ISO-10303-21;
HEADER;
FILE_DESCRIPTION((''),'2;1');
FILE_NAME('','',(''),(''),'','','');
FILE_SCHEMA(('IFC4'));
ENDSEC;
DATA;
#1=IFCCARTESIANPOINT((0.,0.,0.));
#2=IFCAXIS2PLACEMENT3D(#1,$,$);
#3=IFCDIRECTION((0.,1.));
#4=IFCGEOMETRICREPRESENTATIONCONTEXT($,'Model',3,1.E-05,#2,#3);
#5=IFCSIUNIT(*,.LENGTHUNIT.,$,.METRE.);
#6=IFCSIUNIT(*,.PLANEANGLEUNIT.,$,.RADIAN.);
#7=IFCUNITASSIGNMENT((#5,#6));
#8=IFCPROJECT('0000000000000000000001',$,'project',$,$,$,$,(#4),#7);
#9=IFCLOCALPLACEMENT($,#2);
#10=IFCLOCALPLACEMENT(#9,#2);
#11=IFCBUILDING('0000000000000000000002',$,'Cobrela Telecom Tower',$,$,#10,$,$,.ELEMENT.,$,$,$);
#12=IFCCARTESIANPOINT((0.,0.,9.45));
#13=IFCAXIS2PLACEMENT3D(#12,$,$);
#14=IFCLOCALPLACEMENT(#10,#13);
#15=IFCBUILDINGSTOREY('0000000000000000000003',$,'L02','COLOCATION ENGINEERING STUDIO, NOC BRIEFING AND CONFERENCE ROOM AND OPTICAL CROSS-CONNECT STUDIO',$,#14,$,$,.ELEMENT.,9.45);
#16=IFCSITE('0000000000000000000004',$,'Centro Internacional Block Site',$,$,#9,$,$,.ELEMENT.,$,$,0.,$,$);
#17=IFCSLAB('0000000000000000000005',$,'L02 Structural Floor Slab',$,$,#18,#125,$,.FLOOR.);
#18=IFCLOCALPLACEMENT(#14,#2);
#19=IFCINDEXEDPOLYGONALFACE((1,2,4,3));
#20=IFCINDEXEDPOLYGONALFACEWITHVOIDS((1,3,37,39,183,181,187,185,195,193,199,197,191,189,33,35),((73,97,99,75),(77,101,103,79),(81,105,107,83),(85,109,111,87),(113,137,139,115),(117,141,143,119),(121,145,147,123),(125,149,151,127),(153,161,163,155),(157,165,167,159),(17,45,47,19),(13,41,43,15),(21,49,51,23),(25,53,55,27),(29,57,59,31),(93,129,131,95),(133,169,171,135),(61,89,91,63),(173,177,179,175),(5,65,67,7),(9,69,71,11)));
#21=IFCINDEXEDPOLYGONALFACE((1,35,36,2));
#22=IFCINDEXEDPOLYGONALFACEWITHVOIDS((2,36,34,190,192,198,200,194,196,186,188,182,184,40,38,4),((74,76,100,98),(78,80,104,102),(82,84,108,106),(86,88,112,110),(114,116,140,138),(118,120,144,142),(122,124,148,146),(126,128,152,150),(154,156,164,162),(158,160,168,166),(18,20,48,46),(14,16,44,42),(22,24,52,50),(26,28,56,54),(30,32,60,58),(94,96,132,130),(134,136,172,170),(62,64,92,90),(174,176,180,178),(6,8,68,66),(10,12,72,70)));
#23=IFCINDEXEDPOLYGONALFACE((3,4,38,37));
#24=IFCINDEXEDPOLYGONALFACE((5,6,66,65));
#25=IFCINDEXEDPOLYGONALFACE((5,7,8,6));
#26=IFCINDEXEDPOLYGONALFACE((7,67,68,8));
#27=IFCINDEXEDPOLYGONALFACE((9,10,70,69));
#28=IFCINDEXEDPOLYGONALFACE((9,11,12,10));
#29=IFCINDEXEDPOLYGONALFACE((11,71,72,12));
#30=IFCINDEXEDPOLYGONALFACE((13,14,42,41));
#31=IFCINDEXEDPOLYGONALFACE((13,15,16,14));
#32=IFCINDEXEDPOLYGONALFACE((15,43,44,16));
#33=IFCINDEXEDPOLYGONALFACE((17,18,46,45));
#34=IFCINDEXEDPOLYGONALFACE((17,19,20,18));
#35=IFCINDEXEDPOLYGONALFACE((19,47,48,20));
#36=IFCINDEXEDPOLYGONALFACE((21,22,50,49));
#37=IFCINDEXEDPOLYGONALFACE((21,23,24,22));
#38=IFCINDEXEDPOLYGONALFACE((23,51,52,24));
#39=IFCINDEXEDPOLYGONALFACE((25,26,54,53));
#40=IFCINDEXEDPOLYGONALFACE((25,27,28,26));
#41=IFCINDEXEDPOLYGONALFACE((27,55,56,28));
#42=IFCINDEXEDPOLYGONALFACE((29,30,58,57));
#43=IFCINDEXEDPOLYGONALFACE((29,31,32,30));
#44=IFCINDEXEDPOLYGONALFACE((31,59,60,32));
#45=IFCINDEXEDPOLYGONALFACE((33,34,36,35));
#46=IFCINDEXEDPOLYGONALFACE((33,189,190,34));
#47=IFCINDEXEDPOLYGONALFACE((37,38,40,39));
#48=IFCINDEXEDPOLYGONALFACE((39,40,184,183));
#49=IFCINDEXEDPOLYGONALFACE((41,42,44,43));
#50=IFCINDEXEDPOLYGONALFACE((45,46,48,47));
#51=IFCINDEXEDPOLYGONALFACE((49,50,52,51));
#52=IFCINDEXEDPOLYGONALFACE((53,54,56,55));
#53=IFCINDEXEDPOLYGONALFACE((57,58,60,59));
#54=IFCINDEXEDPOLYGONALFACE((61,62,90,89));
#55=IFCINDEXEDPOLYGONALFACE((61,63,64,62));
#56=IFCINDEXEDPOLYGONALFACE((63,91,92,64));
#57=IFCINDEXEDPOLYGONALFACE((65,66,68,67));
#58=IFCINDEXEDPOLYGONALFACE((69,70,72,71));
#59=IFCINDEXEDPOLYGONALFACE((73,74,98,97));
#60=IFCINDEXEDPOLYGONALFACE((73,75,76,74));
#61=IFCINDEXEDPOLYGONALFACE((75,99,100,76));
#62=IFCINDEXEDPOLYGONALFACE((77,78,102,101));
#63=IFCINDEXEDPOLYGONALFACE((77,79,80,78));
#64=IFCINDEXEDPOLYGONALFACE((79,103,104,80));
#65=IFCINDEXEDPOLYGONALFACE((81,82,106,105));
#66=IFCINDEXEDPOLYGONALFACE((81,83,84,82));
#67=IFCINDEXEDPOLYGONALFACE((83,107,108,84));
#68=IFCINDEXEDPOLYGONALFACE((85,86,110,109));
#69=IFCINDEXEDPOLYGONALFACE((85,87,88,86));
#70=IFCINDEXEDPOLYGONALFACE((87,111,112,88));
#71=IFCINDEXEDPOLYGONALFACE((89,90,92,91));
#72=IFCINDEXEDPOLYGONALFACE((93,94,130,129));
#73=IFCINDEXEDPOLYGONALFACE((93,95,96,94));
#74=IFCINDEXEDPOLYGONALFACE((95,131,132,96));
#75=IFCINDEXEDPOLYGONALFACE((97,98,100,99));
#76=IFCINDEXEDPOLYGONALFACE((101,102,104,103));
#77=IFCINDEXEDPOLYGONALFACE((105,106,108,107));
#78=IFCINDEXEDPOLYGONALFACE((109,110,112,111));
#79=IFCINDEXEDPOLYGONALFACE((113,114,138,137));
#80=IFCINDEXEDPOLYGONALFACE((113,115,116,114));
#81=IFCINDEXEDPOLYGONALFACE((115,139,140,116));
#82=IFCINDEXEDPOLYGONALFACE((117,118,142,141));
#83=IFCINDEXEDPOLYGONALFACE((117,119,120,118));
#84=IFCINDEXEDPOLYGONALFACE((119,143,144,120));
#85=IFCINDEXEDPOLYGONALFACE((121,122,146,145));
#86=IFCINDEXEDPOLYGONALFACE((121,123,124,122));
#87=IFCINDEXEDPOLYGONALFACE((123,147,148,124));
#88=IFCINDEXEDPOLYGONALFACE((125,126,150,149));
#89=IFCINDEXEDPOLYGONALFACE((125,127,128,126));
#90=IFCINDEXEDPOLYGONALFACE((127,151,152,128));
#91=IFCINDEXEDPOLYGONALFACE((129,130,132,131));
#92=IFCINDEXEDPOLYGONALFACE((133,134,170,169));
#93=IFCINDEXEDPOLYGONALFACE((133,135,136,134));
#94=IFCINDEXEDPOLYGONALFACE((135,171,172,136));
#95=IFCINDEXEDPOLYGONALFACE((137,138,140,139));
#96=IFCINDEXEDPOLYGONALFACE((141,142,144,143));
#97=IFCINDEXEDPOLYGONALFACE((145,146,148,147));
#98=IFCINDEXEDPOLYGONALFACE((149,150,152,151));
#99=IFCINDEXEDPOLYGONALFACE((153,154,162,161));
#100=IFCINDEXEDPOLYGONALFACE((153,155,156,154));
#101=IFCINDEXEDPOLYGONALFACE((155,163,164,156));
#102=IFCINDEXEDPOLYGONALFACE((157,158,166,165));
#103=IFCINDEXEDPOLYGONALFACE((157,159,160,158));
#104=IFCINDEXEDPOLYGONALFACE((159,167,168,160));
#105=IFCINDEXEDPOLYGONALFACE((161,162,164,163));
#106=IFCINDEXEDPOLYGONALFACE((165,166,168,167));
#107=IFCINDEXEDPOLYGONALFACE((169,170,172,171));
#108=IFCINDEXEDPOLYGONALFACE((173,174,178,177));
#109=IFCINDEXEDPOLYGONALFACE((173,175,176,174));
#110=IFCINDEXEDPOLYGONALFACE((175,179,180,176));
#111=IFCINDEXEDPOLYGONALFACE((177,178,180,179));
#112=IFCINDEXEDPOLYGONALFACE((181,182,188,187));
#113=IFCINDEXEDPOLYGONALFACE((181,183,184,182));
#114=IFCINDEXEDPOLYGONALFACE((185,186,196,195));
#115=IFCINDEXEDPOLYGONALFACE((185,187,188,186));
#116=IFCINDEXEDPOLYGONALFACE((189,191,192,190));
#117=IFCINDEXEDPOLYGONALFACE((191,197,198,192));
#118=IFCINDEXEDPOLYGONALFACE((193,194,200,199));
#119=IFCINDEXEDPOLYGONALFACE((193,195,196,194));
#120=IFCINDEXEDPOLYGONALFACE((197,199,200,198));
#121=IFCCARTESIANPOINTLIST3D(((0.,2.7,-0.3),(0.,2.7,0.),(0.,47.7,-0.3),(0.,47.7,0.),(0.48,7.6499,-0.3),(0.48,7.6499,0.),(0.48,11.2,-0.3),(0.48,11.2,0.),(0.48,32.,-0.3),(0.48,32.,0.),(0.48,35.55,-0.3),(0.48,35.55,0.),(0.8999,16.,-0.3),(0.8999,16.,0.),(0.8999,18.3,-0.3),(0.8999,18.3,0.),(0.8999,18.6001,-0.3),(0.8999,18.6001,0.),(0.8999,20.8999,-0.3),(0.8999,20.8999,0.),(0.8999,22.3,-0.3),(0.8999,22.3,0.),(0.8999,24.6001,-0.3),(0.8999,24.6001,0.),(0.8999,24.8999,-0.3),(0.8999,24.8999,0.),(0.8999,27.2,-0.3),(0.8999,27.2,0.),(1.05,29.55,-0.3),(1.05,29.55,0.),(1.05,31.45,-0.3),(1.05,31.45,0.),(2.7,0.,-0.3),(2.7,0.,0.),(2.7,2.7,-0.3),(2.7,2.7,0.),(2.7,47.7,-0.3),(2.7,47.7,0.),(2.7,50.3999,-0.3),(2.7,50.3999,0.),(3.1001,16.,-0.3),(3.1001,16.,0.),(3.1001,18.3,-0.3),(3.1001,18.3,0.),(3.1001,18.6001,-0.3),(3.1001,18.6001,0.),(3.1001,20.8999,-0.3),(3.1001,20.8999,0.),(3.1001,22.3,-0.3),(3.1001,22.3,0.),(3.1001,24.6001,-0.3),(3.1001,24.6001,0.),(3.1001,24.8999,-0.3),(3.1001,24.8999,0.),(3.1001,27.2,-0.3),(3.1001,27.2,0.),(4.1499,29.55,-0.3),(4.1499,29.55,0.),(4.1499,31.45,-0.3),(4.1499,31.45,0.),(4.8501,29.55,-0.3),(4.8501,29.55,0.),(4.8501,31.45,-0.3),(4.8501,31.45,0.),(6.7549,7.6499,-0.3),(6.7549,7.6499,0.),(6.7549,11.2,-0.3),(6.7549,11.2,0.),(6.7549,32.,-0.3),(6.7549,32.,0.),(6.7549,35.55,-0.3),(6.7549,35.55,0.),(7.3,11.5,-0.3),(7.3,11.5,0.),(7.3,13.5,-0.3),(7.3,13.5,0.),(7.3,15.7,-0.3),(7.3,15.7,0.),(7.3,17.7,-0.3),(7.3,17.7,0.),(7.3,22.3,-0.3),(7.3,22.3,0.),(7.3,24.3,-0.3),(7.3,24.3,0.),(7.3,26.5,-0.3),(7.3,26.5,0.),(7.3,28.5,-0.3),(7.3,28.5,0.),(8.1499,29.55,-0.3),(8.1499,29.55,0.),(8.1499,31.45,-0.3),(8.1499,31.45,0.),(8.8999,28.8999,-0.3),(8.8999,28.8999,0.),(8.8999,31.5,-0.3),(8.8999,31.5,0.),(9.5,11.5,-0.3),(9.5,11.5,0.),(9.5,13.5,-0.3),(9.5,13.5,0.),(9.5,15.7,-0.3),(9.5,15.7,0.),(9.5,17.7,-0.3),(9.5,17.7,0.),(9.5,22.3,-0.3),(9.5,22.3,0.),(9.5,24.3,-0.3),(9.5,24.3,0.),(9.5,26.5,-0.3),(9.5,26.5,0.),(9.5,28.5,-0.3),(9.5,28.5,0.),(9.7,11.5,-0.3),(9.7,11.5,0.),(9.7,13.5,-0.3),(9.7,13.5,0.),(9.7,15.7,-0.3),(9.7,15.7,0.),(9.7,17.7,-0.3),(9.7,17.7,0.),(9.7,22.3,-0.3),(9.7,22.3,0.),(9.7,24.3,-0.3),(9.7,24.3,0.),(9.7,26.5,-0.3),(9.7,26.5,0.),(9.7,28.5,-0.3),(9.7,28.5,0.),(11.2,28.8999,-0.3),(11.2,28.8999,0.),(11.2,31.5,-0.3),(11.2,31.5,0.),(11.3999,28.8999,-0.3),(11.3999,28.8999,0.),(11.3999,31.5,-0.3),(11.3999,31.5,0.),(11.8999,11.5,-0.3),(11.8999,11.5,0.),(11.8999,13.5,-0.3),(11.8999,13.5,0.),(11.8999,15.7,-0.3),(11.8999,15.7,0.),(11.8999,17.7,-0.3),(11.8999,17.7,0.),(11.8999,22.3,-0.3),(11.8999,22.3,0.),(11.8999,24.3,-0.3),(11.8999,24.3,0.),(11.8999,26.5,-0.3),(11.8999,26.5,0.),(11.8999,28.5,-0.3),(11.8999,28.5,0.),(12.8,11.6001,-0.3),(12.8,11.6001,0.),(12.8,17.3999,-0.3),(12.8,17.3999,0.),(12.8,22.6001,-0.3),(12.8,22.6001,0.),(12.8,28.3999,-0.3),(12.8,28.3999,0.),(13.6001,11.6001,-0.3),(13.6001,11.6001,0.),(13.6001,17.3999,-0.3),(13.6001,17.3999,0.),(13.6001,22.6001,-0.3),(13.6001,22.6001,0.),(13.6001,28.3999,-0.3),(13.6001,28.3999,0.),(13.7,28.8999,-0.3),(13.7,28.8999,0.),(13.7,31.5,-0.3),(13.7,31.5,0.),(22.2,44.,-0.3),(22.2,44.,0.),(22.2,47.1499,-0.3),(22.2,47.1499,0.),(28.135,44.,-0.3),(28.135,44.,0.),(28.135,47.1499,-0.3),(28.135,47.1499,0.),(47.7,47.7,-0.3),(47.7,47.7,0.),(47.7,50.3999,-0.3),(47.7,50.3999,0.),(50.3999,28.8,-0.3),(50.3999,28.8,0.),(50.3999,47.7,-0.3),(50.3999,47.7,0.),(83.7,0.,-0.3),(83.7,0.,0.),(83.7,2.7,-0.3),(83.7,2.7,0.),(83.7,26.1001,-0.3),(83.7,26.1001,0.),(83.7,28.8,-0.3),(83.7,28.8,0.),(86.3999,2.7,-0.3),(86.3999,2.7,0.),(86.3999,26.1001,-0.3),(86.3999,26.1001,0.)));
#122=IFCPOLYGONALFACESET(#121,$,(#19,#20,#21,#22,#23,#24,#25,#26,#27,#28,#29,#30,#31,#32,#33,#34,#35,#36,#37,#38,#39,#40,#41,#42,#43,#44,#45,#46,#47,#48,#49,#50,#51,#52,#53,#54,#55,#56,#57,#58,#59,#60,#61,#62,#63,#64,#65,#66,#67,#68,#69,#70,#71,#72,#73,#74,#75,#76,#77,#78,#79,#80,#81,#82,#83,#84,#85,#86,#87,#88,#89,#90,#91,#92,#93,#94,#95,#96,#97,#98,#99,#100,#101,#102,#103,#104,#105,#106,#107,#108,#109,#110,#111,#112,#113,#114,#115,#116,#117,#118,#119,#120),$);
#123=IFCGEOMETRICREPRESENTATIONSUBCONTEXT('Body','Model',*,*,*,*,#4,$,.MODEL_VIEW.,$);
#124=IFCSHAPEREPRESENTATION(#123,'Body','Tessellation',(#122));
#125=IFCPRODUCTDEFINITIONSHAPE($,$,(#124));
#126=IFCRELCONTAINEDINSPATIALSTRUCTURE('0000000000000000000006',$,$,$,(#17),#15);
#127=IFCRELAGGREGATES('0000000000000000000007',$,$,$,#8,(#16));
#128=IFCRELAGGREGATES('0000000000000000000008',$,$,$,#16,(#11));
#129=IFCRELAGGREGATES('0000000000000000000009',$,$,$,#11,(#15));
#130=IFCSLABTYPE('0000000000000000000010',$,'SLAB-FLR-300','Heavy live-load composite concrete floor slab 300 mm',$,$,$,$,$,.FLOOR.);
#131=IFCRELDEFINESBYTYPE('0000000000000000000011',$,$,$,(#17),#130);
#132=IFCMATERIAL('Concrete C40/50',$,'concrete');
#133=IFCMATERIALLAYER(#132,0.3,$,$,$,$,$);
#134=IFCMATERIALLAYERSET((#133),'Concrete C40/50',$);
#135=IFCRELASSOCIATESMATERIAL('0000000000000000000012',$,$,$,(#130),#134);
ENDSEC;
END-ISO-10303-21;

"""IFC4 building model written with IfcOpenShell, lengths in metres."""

from ifc_helpers import new_model, si_unit, direction, frame, origin, place, context, subcontext, project, spatial, polyline, outline, extrude, material, layer, layer_set, type_object, element, save


model = new_model("IFC4")

# Units and contexts
model_context = context("Model", 3, precision=1e-05, world=origin(), true_north=direction((0.0, 1.0)))
body_context = subcontext(model_context, "Body", "Model", "MODEL_VIEW")
ifc_project = project(units=[si_unit("LENGTHUNIT", "METRE"), si_unit("PLANEANGLEUNIT", "RADIAN")], contexts=[model_context])

# Site, building, storey
site_placement = place(None, origin())
site = spatial("IfcSite", under=ifc_project, at=site_placement, Name="Centro Internacional Block Site", CompositionType="ELEMENT", RefElevation=0.0)
building_placement = place(site_placement, origin())
building = spatial("IfcBuilding", under=site, at=building_placement, Name="Cobrela Telecom Tower", CompositionType="ELEMENT")
storey_placement = place(building_placement, frame((0.0, 0.0, 9.45)))
storey = spatial("IfcBuildingStorey", under=building, at=storey_placement, Name="L02", Description="COLOCATION ENGINEERING STUDIO, NOC BRIEFING AND CONFERENCE ROOM AND OPTICAL CROSS-CONNECT STUDIO", CompositionType="ELEMENT", Elevation=9.45)

# Slab, openings
ifc_material_1 = material(Name="Concrete C40/50", Category="concrete")
ifc_layer_1 = layer(ifc_material_1, 0.3)
ifc_layer_set_1 = layer_set([ifc_layer_1], Name="Concrete C40/50")
slab_type_1 = type_object("IfcSlabType", Name="SLAB-FLR-300", Description="Heavy live-load composite concrete floor slab 300 mm", PredefinedType="FLOOR", material=ifc_layer_set_1)
slab_1_placement = place(storey_placement, frame((0.0, 0.0, -0.3)))
slab_1 = element("IfcSlab", 1, at=slab_1_placement, inside=storey, type_object=slab_type_1, Name="L02 Structural Floor Slab", PredefinedType="FLOOR", context=body_context, shape_type="SweptSolid", body=[
    extrude(outline(polyline([(2.7, 0.0), (83.7, 0.0), (83.7, 2.7), (86.3999, 2.7), (86.3999, 26.1001), (83.7, 26.1001), (83.7, 28.8), (50.3999, 28.8), (50.3999, 47.7), (47.7, 47.7), (47.7, 50.3999), (2.7, 50.3999), (2.7, 47.7), (0.0, 47.7), (0.0, 2.7), (2.7, 2.7), (2.7, 0.0)])), origin(), (0.0, 0.0, 1.0), 0.3),
])
opening_1_placement = place(slab_1_placement, frame((0.0, 0.0, -0.02)))
element("IfcOpeningElement", 2, at=opening_1_placement, cuts=slab_1, PredefinedType="OPENING", context=body_context, shape_type="SweptSolid", body=[
    extrude(outline(polyline([(8.8999, 28.8999), (11.2, 28.8999), (11.2, 31.5), (8.8999, 31.5), (8.8999, 28.8999)])), origin(), (0.0, 0.0, 1.0), 0.3401),
])
opening_2_placement = place(slab_1_placement, frame((0.0, 0.0, -0.02)))
element("IfcOpeningElement", 3, at=opening_2_placement, cuts=slab_1, PredefinedType="OPENING", context=body_context, shape_type="SweptSolid", body=[
    extrude(outline(polyline([(11.3999, 28.8999), (13.7, 28.8999), (13.7, 31.5), (11.3999, 31.5), (11.3999, 28.8999)])), origin(), (0.0, 0.0, 1.0), 0.3401),
])
opening_3_placement = place(slab_1_placement, frame((0.0, 0.0, -0.02)))
element("IfcOpeningElement", 4, at=opening_3_placement, cuts=slab_1, PredefinedType="OPENING", context=body_context, shape_type="SweptSolid", body=[
    extrude(outline(polyline([(7.3, 22.3), (9.5, 22.3), (9.5, 24.3), (7.3, 24.3), (7.3, 22.3)])), origin(), (0.0, 0.0, 1.0), 0.3401),
])
opening_4_placement = place(slab_1_placement, frame((0.0, 0.0, -0.02)))
element("IfcOpeningElement", 5, at=opening_4_placement, cuts=slab_1, PredefinedType="OPENING", context=body_context, shape_type="SweptSolid", body=[
    extrude(outline(polyline([(9.7, 22.3), (11.8999, 22.3), (11.8999, 24.3), (9.7, 24.3), (9.7, 22.3)])), origin(), (0.0, 0.0, 1.0), 0.3401),
])
opening_5_placement = place(slab_1_placement, frame((0.0, 0.0, -0.02)))
element("IfcOpeningElement", 6, at=opening_5_placement, cuts=slab_1, PredefinedType="OPENING", context=body_context, shape_type="SweptSolid", body=[
    extrude(outline(polyline([(7.3, 26.5), (9.5, 26.5), (9.5, 28.5), (7.3, 28.5), (7.3, 26.5)])), origin(), (0.0, 0.0, 1.0), 0.3401),
])
opening_6_placement = place(slab_1_placement, frame((0.0, 0.0, -0.02)))
element("IfcOpeningElement", 7, at=opening_6_placement, cuts=slab_1, PredefinedType="OPENING", context=body_context, shape_type="SweptSolid", body=[
    extrude(outline(polyline([(9.7, 26.5), (11.8999, 26.5), (11.8999, 28.5), (9.7, 28.5), (9.7, 26.5)])), origin(), (0.0, 0.0, 1.0), 0.3401),
])
opening_7_placement = place(slab_1_placement, frame((0.0, 0.0, -0.02)))
element("IfcOpeningElement", 8, at=opening_7_placement, cuts=slab_1, PredefinedType="OPENING", context=body_context, shape_type="SweptSolid", body=[
    extrude(outline(polyline([(7.3, 15.7), (9.5, 15.7), (9.5, 17.7), (7.3, 17.7), (7.3, 15.7)])), origin(), (0.0, 0.0, 1.0), 0.3401),
])
opening_8_placement = place(slab_1_placement, frame((0.0, 0.0, -0.02)))
element("IfcOpeningElement", 9, at=opening_8_placement, cuts=slab_1, PredefinedType="OPENING", context=body_context, shape_type="SweptSolid", body=[
    extrude(outline(polyline([(9.7, 15.7), (11.8999, 15.7), (11.8999, 17.7), (9.7, 17.7), (9.7, 15.7)])), origin(), (0.0, 0.0, 1.0), 0.3401),
])
opening_9_placement = place(slab_1_placement, frame((0.0, 0.0, -0.02)))
element("IfcOpeningElement", 10, at=opening_9_placement, cuts=slab_1, PredefinedType="OPENING", context=body_context, shape_type="SweptSolid", body=[
    extrude(outline(polyline([(7.3, 11.5), (9.5, 11.5), (9.5, 13.5), (7.3, 13.5), (7.3, 11.5)])), origin(), (0.0, 0.0, 1.0), 0.3401),
])
opening_10_placement = place(slab_1_placement, frame((0.0, 0.0, -0.02)))
element("IfcOpeningElement", 11, at=opening_10_placement, cuts=slab_1, PredefinedType="OPENING", context=body_context, shape_type="SweptSolid", body=[
    extrude(outline(polyline([(9.7, 11.5), (11.8999, 11.5), (11.8999, 13.5), (9.7, 13.5), (9.7, 11.5)])), origin(), (0.0, 0.0, 1.0), 0.3401),
])
opening_11_placement = place(slab_1_placement, frame((0.0, 0.0, -0.02)))
element("IfcOpeningElement", 12, at=opening_11_placement, cuts=slab_1, PredefinedType="OPENING", context=body_context, shape_type="SweptSolid", body=[
    extrude(outline(polyline([(0.8999, 16.0), (3.1001, 16.0), (3.1001, 18.3), (0.8999, 18.3), (0.8999, 16.0)])), origin(), (0.0, 0.0, 1.0), 0.3401),
])
opening_12_placement = place(slab_1_placement, frame((0.0, 0.0, -0.02)))
element("IfcOpeningElement", 13, at=opening_12_placement, cuts=slab_1, PredefinedType="OPENING", context=body_context, shape_type="SweptSolid", body=[
    extrude(outline(polyline([(0.8999, 18.6001), (3.1001, 18.6001), (3.1001, 20.8999), (0.8999, 20.8999), (0.8999, 18.6001)])), origin(), (0.0, 0.0, 1.0), 0.3401),
])
opening_13_placement = place(slab_1_placement, frame((0.0, 0.0, -0.02)))
element("IfcOpeningElement", 14, at=opening_13_placement, cuts=slab_1, PredefinedType="OPENING", context=body_context, shape_type="SweptSolid", body=[
    extrude(outline(polyline([(0.8999, 22.3), (3.1001, 22.3), (3.1001, 24.6001), (0.8999, 24.6001), (0.8999, 22.3)])), origin(), (0.0, 0.0, 1.0), 0.3401),
])
opening_14_placement = place(slab_1_placement, frame((0.0, 0.0, -0.02)))
element("IfcOpeningElement", 15, at=opening_14_placement, cuts=slab_1, PredefinedType="OPENING", context=body_context, shape_type="SweptSolid", body=[
    extrude(outline(polyline([(0.8999, 24.8999), (3.1001, 24.8999), (3.1001, 27.2), (0.8999, 27.2), (0.8999, 24.8999)])), origin(), (0.0, 0.0, 1.0), 0.3401),
])
opening_15_placement = place(slab_1_placement, frame((0.0, 0.0, -0.02)))
element("IfcOpeningElement", 16, at=opening_15_placement, cuts=slab_1, PredefinedType="OPENING", context=body_context, shape_type="SweptSolid", body=[
    extrude(outline(polyline([(1.05, 29.55), (4.1499, 29.55), (4.1499, 31.45), (1.05, 31.45), (1.05, 29.55)])), origin(), (0.0, 0.0, 1.0), 0.3401),
])
opening_16_placement = place(slab_1_placement, frame((0.0, 0.0, -0.02)))
element("IfcOpeningElement", 17, at=opening_16_placement, cuts=slab_1, PredefinedType="OPENING", context=body_context, shape_type="SweptSolid", body=[
    extrude(outline(polyline([(4.8501, 29.55), (8.1499, 29.55), (8.1499, 31.45), (4.8501, 31.45), (4.8501, 29.55)])), origin(), (0.0, 0.0, 1.0), 0.3401),
])
opening_17_placement = place(slab_1_placement, frame((0.0, 0.0, -0.02)))
element("IfcOpeningElement", 18, at=opening_17_placement, cuts=slab_1, PredefinedType="OPENING", context=body_context, shape_type="SweptSolid", body=[
    extrude(outline(polyline([(12.8, 22.6001), (13.6001, 22.6001), (13.6001, 28.3999), (12.8, 28.3999), (12.8, 22.6001)])), origin(), (0.0, 0.0, 1.0), 0.3401),
])
opening_18_placement = place(slab_1_placement, frame((0.0, 0.0, -0.02)))
element("IfcOpeningElement", 19, at=opening_18_placement, cuts=slab_1, PredefinedType="OPENING", context=body_context, shape_type="SweptSolid", body=[
    extrude(outline(polyline([(12.8, 11.6001), (13.6001, 11.6001), (13.6001, 17.3999), (12.8, 17.3999), (12.8, 11.6001)])), origin(), (0.0, 0.0, 1.0), 0.3401),
])
opening_19_placement = place(slab_1_placement, frame((0.0, 0.0, -0.02)))
element("IfcOpeningElement", 20, at=opening_19_placement, cuts=slab_1, PredefinedType="OPENING", context=body_context, shape_type="SweptSolid", body=[
    extrude(outline(polyline([(6.7549, 35.55), (0.48, 35.55), (0.48, 32.0), (6.7549, 32.0), (6.7549, 35.55)])), origin(), (0.0, 0.0, 1.0), 0.3401),
])
opening_20_placement = place(slab_1_placement, frame((0.0, 0.0, -0.02)))
element("IfcOpeningElement", 21, at=opening_20_placement, cuts=slab_1, PredefinedType="OPENING", context=body_context, shape_type="SweptSolid", body=[
    extrude(outline(polyline([(6.7549, 11.2), (0.48, 11.2), (0.48, 7.6499), (6.7549, 7.6499), (6.7549, 11.2)])), origin(), (0.0, 0.0, 1.0), 0.3401),
])
opening_21_placement = place(slab_1_placement, frame((0.0, 0.0, -0.02)))
element("IfcOpeningElement", 22, at=opening_21_placement, cuts=slab_1, PredefinedType="OPENING", context=body_context, shape_type="SweptSolid", body=[
    extrude(outline(polyline([(28.135, 47.1499), (22.2, 47.1499), (22.2, 44.0), (28.135, 44.0), (28.135, 47.1499)])), origin(), (0.0, 0.0, 1.0), 0.3401),
])

save(model, "model.ifc")
